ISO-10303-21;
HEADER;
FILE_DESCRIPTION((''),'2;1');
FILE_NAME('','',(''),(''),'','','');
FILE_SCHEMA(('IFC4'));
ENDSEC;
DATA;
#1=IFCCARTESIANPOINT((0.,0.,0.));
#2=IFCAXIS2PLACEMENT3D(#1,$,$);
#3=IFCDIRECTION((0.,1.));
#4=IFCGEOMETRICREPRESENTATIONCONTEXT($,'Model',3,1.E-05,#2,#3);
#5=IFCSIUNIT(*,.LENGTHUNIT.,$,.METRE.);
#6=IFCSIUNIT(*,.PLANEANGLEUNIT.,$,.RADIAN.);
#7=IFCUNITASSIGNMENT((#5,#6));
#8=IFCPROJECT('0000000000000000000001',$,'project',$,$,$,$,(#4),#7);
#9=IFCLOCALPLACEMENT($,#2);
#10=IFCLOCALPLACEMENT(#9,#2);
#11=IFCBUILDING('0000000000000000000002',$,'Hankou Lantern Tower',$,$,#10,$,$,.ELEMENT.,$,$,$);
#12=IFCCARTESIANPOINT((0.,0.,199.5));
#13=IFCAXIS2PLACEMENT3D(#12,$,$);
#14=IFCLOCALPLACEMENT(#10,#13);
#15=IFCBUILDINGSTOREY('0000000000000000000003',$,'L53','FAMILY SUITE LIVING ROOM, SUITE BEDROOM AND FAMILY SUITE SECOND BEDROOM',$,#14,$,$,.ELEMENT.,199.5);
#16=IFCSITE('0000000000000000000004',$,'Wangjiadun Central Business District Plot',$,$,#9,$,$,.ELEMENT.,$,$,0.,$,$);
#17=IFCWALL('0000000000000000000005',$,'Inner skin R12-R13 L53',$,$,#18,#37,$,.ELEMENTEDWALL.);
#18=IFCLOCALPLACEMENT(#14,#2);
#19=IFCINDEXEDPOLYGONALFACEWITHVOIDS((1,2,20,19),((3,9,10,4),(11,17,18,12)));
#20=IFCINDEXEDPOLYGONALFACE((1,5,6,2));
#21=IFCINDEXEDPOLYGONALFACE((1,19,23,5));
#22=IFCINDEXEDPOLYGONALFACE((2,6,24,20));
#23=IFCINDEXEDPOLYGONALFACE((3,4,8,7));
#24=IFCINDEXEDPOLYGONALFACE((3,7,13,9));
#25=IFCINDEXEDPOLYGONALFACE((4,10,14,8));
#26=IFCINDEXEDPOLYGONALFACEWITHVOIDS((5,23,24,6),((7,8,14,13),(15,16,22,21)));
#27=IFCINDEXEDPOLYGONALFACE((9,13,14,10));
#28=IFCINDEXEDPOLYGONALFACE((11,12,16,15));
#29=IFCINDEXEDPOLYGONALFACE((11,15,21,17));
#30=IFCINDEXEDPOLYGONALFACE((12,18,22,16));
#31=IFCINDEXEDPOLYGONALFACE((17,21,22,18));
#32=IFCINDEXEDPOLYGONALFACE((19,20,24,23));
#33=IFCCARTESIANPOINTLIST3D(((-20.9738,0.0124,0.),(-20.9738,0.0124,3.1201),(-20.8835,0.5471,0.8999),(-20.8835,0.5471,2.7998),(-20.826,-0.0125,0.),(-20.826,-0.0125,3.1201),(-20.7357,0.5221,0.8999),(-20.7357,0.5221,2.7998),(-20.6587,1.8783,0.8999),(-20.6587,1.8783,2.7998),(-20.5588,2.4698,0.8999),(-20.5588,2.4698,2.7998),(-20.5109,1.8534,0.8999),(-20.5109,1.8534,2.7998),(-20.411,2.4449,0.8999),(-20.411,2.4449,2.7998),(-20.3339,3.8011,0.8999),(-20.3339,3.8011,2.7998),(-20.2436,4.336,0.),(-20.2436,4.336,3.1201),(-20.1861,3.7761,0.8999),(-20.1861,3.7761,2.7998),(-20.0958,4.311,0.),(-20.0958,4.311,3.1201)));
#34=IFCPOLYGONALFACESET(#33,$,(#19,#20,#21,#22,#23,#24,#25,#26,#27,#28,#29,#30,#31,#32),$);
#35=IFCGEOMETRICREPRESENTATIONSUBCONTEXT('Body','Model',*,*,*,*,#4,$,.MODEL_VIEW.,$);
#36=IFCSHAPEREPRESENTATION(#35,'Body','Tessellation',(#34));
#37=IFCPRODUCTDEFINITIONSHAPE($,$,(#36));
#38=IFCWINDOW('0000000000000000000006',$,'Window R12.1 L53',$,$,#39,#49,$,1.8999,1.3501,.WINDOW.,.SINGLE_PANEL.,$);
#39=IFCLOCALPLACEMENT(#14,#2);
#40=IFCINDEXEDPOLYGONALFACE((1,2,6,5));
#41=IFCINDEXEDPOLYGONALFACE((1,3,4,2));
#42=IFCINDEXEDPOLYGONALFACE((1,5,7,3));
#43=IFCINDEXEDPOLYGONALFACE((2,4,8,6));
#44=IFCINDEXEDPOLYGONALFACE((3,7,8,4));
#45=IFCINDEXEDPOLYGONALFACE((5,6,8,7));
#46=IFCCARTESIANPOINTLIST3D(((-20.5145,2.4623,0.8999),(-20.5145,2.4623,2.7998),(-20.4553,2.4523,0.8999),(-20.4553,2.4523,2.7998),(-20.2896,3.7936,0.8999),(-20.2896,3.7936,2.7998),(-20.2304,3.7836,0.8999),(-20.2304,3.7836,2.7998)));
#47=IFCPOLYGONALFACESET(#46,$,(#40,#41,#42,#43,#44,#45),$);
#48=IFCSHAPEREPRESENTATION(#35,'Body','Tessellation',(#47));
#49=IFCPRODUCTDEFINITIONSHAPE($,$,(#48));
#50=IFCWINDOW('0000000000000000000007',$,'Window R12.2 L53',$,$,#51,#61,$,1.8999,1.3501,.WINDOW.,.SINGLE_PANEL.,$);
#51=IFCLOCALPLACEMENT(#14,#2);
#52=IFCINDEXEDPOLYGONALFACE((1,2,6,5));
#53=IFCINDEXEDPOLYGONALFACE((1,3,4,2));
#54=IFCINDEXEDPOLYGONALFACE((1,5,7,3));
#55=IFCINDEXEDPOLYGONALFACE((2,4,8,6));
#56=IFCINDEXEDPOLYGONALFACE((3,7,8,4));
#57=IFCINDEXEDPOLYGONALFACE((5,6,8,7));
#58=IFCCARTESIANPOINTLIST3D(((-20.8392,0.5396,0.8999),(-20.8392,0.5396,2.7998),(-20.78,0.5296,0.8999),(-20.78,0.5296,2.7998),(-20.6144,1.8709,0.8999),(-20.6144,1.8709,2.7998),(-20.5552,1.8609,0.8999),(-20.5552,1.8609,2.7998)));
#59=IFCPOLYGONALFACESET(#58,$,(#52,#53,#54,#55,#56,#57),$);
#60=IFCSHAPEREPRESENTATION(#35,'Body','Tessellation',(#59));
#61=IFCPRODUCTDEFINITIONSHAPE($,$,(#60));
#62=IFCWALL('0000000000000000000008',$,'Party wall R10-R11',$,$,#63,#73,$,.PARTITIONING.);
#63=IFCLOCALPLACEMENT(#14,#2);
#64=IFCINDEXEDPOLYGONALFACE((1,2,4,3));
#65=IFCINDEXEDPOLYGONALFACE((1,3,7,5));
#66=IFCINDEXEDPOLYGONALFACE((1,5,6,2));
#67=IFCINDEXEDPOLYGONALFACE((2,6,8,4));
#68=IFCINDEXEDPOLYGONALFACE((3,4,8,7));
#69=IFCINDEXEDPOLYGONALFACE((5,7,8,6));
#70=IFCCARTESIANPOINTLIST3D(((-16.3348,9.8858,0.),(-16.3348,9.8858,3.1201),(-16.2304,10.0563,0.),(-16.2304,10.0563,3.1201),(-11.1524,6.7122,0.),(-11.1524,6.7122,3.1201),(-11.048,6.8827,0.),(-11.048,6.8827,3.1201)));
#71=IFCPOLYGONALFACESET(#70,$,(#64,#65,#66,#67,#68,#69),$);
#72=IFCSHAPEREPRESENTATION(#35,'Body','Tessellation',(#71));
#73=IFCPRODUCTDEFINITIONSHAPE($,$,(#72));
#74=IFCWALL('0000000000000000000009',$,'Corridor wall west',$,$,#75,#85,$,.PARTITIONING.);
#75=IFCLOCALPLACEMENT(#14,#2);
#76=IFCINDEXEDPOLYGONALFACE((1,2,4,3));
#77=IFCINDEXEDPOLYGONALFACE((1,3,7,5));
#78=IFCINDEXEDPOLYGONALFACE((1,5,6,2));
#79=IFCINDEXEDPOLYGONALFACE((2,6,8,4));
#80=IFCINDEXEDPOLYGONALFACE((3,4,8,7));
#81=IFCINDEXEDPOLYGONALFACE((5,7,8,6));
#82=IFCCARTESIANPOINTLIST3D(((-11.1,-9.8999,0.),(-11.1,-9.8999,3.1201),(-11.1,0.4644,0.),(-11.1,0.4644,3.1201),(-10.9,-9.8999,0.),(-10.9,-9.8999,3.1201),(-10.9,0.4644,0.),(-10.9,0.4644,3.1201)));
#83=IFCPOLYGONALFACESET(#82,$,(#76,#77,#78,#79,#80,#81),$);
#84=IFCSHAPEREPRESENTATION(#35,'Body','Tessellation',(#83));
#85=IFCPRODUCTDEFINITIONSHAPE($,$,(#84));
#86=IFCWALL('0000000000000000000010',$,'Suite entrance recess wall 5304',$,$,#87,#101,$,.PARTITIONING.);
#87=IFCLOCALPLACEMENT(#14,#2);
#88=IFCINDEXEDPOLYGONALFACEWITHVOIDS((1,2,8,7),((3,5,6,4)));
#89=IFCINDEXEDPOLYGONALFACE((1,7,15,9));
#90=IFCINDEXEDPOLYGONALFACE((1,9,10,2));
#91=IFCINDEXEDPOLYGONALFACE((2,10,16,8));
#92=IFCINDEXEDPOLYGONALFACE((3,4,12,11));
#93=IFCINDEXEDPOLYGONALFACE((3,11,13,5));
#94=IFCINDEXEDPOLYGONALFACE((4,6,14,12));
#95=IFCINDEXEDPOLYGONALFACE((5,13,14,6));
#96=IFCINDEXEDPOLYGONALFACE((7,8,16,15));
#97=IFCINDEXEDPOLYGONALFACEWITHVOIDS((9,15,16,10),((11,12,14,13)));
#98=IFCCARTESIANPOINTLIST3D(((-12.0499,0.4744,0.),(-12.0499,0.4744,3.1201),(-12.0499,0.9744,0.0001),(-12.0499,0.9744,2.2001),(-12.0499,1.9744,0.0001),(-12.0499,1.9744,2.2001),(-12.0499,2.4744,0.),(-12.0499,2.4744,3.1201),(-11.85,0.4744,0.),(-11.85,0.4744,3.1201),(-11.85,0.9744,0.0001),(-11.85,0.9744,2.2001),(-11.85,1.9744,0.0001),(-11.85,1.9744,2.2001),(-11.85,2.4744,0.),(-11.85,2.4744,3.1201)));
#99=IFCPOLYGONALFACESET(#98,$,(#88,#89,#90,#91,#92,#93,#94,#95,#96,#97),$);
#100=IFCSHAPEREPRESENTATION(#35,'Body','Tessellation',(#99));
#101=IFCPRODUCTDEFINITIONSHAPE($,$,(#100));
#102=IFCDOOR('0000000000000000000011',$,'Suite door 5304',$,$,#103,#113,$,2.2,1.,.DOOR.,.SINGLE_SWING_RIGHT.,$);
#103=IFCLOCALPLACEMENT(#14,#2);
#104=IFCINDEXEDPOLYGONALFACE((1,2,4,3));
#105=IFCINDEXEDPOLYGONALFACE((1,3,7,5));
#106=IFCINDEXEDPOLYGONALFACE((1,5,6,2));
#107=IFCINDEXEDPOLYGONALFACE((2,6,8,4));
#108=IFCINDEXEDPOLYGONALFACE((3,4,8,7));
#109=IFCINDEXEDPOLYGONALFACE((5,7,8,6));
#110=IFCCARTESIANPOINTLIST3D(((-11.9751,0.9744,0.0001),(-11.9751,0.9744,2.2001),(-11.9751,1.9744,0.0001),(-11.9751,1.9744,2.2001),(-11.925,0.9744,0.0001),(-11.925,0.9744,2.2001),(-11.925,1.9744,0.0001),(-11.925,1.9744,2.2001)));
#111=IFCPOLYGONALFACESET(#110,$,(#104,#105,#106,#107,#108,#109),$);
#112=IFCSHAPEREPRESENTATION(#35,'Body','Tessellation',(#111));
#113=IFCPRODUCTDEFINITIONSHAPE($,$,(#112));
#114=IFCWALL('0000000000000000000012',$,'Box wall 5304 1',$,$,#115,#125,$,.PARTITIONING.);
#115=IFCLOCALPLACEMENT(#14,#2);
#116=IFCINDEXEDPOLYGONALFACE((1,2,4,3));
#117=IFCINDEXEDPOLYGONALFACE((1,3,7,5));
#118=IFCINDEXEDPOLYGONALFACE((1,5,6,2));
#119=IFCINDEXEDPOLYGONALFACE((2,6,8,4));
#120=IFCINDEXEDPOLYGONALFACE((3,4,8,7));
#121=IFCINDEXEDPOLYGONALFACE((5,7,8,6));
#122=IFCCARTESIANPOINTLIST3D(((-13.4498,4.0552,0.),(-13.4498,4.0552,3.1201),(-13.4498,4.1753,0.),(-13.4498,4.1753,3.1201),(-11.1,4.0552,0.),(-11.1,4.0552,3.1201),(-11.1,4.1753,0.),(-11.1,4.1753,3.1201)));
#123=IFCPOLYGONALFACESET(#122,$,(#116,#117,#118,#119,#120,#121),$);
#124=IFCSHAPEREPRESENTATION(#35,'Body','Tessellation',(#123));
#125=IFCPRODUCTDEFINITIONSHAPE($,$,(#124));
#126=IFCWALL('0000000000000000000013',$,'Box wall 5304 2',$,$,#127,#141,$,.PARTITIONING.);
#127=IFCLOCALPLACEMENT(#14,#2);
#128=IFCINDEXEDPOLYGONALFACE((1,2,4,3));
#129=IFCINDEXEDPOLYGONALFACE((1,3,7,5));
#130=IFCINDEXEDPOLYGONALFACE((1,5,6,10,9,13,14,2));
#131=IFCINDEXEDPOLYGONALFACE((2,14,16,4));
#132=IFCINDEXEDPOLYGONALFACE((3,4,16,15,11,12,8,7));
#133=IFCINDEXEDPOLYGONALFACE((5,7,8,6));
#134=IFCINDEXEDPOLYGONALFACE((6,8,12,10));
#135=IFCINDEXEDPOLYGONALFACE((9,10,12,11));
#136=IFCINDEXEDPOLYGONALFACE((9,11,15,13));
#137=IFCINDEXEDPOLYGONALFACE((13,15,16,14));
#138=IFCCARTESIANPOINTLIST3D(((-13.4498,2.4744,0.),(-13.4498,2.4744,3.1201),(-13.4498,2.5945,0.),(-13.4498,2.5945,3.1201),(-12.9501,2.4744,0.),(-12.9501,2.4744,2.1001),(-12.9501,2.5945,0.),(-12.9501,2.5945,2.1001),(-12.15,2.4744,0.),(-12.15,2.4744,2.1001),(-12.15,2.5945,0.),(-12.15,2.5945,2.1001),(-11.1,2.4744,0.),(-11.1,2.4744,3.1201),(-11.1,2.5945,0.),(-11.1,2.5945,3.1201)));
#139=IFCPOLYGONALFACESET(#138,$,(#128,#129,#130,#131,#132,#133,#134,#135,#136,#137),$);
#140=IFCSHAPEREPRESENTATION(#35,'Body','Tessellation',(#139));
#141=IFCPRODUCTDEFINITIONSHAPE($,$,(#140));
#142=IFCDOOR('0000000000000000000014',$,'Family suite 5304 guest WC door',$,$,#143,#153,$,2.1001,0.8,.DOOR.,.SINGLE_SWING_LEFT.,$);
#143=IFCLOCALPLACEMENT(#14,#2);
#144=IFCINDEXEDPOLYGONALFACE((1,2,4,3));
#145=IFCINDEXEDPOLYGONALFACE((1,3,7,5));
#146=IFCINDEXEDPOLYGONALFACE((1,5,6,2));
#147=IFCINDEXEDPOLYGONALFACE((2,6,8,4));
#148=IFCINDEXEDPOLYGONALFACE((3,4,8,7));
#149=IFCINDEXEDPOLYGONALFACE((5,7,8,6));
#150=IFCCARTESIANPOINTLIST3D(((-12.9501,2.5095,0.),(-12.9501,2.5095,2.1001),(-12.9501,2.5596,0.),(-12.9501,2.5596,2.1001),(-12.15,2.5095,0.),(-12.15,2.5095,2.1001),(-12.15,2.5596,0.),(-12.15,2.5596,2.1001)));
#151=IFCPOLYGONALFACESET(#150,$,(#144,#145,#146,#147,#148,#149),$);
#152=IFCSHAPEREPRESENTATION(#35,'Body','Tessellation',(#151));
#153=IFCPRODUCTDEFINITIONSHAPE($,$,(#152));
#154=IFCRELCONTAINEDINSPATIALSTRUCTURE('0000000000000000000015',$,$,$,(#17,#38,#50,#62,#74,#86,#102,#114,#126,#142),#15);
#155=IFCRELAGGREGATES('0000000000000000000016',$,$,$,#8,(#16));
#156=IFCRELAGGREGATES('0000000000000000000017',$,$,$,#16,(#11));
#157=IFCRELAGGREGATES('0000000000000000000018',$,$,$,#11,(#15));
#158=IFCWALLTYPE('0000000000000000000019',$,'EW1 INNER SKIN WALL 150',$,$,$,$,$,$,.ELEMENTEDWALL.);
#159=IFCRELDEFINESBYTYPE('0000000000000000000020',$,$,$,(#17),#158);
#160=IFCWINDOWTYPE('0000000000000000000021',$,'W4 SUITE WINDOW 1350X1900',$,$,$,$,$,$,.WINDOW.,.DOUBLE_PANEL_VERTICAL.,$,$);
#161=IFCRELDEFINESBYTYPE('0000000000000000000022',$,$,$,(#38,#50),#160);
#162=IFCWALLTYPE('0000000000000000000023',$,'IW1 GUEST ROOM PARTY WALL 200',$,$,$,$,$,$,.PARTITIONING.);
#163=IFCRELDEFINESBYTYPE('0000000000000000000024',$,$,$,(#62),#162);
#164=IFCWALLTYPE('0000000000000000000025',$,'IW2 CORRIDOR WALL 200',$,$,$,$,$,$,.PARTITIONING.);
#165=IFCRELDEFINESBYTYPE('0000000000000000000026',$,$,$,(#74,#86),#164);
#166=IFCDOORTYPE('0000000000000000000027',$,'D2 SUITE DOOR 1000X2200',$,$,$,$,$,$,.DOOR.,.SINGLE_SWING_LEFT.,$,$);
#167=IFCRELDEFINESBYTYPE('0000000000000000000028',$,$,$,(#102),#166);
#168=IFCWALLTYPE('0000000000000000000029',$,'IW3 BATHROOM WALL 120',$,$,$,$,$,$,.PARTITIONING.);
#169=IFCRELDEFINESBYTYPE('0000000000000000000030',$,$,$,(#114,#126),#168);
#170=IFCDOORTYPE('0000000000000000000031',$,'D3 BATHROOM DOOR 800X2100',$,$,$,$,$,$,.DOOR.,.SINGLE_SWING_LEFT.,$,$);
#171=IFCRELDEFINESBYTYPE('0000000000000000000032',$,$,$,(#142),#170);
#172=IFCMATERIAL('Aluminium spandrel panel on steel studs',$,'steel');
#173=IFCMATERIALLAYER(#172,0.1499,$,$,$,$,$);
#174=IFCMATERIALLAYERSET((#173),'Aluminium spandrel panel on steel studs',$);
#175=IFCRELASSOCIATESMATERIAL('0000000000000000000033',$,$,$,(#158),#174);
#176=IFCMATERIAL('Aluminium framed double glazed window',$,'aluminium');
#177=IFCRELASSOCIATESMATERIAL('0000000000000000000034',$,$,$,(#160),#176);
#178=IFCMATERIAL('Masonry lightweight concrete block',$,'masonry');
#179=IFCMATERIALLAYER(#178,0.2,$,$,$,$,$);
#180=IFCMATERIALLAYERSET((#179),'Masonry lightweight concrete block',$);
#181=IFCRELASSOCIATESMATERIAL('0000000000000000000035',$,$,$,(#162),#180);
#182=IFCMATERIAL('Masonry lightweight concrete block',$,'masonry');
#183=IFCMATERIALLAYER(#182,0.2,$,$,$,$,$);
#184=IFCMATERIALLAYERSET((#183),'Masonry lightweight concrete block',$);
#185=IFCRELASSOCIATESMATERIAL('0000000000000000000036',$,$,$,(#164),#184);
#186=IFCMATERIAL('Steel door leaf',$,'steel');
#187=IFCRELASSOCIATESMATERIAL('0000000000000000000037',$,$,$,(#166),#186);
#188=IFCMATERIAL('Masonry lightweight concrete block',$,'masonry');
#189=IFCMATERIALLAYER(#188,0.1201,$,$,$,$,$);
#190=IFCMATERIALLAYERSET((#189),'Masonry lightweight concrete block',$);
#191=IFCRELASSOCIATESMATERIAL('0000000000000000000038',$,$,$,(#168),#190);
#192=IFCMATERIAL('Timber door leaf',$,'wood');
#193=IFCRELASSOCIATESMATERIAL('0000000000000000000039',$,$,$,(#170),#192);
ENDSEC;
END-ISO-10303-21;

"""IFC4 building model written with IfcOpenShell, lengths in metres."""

from ifc_helpers import new_model, si_unit, direction, frame, frame_2d, origin, place, context, subcontext, project, spatial, rectangle, extrude, material, layer, layer_set, type_object, element, fill, save


model = new_model("IFC4")

# Units and contexts
model_context = context("Model", 3, precision=1e-05, world=origin(), true_north=direction((0.0, 1.0)))
body_context = subcontext(model_context, "Body", "Model", "MODEL_VIEW")
ifc_project = project(units=[si_unit("LENGTHUNIT", "METRE"), si_unit("PLANEANGLEUNIT", "RADIAN")], contexts=[model_context])

# Site, building, storey
site_placement = place(None, origin())
site = spatial("IfcSite", under=ifc_project, at=site_placement, Name="Wangjiadun Central Business District Plot", CompositionType="ELEMENT", RefElevation=0.0)
building_placement = place(site_placement, origin())
building = spatial("IfcBuilding", under=site, at=building_placement, Name="Hankou Lantern Tower", CompositionType="ELEMENT")
storey_placement = place(building_placement, frame((0.0, 0.0, 199.5)))
storey = spatial("IfcBuildingStorey", under=building, at=storey_placement, Name="L53", Description="FAMILY SUITE LIVING ROOM, SUITE BEDROOM AND FAMILY SUITE SECOND BEDROOM", CompositionType="ELEMENT", Elevation=199.5)

# Wall, openings, windows
ifc_material_1 = material(Name="Aluminium spandrel panel on steel studs", Category="steel")
ifc_layer_1 = layer(ifc_material_1, 0.1499)
ifc_layer_set_1 = layer_set([ifc_layer_1], Name="Aluminium spandrel panel on steel studs")
wall_type_1 = type_object("IfcWallType", Name="EW1 INNER SKIN WALL 150", PredefinedType="ELEMENTEDWALL", material=ifc_layer_set_1)
wall_1_placement = place(storey_placement, frame((-20.1697, 4.3235, 0.0), z_axis=(0.0, 0.0, 1.0), x_axis=(-0.166539, -0.986035, 0.0)))
wall_1 = element("IfcWall", 1, at=wall_1_placement, inside=storey, type_object=wall_type_1, Name="Inner skin R12-R13 L53", PredefinedType="ELEMENTEDWALL", context=body_context, shape_type="SweptSolid", body=[
    extrude(rectangle(XDim=4.3848, YDim=0.1499, at=frame_2d((2.1924, 0.0))), origin(), (0.0, 0.0, 1.0), 3.1201),
])
opening_1_placement = place(wall_1_placement, frame((0.5425, 0.0, 0.8999)))
opening_1 = element("IfcOpeningElement", 2, at=opening_1_placement, cuts=wall_1, PredefinedType="OPENING", context=body_context, shape_type="SweptSolid", body=[
    extrude(rectangle(XDim=1.3501, YDim=1.8999, at=frame_2d((0.675, 0.95))), frame((0.0, 0.085, 0.0), z_axis=(0.0, -1.0, 0.0), x_axis=(1.0, 0.0, 0.0)), (0.0, 0.0, 1.0), 0.1699),
])
opening_2_placement = place(wall_1_placement, frame((2.4924, 0.0, 0.8999)))
opening_2 = element("IfcOpeningElement", 3, at=opening_2_placement, cuts=wall_1, PredefinedType="OPENING", context=body_context, shape_type="SweptSolid", body=[
    extrude(rectangle(XDim=1.3501, YDim=1.8999, at=frame_2d((0.675, 0.95))), frame((0.0, 0.085, 0.0), z_axis=(0.0, -1.0, 0.0), x_axis=(1.0, 0.0, 0.0)), (0.0, 0.0, 1.0), 0.1699),
])
ifc_material_2 = material(Name="Aluminium framed double glazed window", Category="aluminium")
window_type = type_object("IfcWindowType", Name="W4 SUITE WINDOW 1350X1900", PartitioningType="DOUBLE_PANEL_VERTICAL", PredefinedType="WINDOW", material=ifc_material_2)
window_1_placement = place(opening_1_placement, origin())
window_1 = element("IfcWindow", 4, at=window_1_placement, inside=storey, type_object=window_type, Name="Window R12.1 L53", OverallHeight=1.8999, OverallWidth=1.3501, PartitioningType="SINGLE_PANEL", PredefinedType="WINDOW", context=body_context, shape_type="SweptSolid", body=[
    extrude(rectangle(XDim=1.3501, YDim=1.8999, at=frame_2d((0.675, 0.95))), frame((0.0, 0.03, 0.0), z_axis=(0.0, -1.0, 0.0), x_axis=(1.0, 0.0, 0.0)), (0.0, 0.0, 1.0), 0.0601),
])
fill(opening_1, window_1)
window_2_placement = place(opening_2_placement, origin())
window_2 = element("IfcWindow", 5, at=window_2_placement, inside=storey, type_object=window_type, Name="Window R12.2 L53", OverallHeight=1.8999, OverallWidth=1.3501, PartitioningType="SINGLE_PANEL", PredefinedType="WINDOW", context=body_context, shape_type="SweptSolid", body=[
    extrude(rectangle(XDim=1.3501, YDim=1.8999, at=frame_2d((0.675, 0.95))), frame((0.0, 0.03, 0.0), z_axis=(0.0, -1.0, 0.0), x_axis=(1.0, 0.0, 0.0)), (0.0, 0.0, 1.0), 0.0601),
])
fill(opening_2, window_2)

# Walls
ifc_material_3 = material(Name="Masonry lightweight concrete block", Category="masonry")
ifc_layer_2 = layer(ifc_material_3, 0.2)
ifc_layer_set_2 = layer_set([ifc_layer_2], Name="Masonry lightweight concrete block")
wall_type_2 = type_object("IfcWallType", Name="IW1 GUEST ROOM PARTY WALL 200", PredefinedType="PARTITIONING", material=ifc_layer_set_2)
wall_2_placement = place(storey_placement, frame((-11.1001, 6.7974, 0.0), z_axis=(0.0, 0.0, 1.0), x_axis=(-0.8528, 0.522238, 0.0)))
element("IfcWall", 6, at=wall_2_placement, inside=storey, type_object=wall_type_2, Name="Party wall R10-R11", PredefinedType="PARTITIONING", context=body_context, shape_type="SweptSolid", body=[
    extrude(rectangle(XDim=6.0769, YDim=0.2, at=frame_2d((3.0386, 0.0))), origin(), (0.0, 0.0, 1.0), 3.1201),
])
ifc_material_4 = material(Name="Masonry lightweight concrete block", Category="masonry")
ifc_layer_3 = layer(ifc_material_4, 0.2)
ifc_layer_set_3 = layer_set([ifc_layer_3], Name="Masonry lightweight concrete block")
wall_type_3 = type_object("IfcWallType", Name="IW2 CORRIDOR WALL 200", PredefinedType="PARTITIONING", material=ifc_layer_set_3)
wall_3_placement = place(storey_placement, frame((-11.0, 0.4644, 0.0), z_axis=(0.0, 0.0, 1.0), x_axis=(0.0, -1.0, 0.0)))
element("IfcWall", 7, at=wall_3_placement, inside=storey, type_object=wall_type_3, Name="Corridor wall west", PredefinedType="PARTITIONING", context=body_context, shape_type="SweptSolid", body=[
    extrude(rectangle(XDim=10.3643, YDim=0.2, at=frame_2d((5.1821, 0.0))), origin(), (0.0, 0.0, 1.0), 3.1201),
])

# Wall, opening, door
wall_4_placement = place(storey_placement, frame((-11.95, 2.4744, 0.0), z_axis=(0.0, 0.0, 1.0), x_axis=(0.0, -1.0, 0.0)))
wall_4 = element("IfcWall", 8, at=wall_4_placement, inside=storey, type_object=wall_type_3, Name="Suite entrance recess wall 5304", PredefinedType="PARTITIONING", context=body_context, shape_type="SweptSolid", body=[
    extrude(rectangle(XDim=2.0, YDim=0.2, at=frame_2d((1.0, 0.0))), origin(), (0.0, 0.0, 1.0), 3.1201),
])
opening_3_placement = place(wall_4_placement, frame((0.5, 0.0, 0.0)))
opening_3 = element("IfcOpeningElement", 9, at=opening_3_placement, cuts=wall_4, PredefinedType="OPENING", context=body_context, shape_type="SweptSolid", body=[
    extrude(rectangle(XDim=1.0, YDim=2.2, at=frame_2d((0.5, 1.1001))), frame((0.0, 0.1099, 0.0), z_axis=(0.0, -1.0, 0.0), x_axis=(1.0, 0.0, 0.0)), (0.0, 0.0, 1.0), 0.22),
])
ifc_material_5 = material(Name="Steel door leaf", Category="steel")
door_type_1 = type_object("IfcDoorType", Name="D2 SUITE DOOR 1000X2200", OperationType="SINGLE_SWING_LEFT", PredefinedType="DOOR", material=ifc_material_5)
door_1_placement = place(opening_3_placement, origin())
door_1 = element("IfcDoor", 10, at=door_1_placement, inside=storey, type_object=door_type_1, Name="Suite door 5304", OperationType="SINGLE_SWING_RIGHT", OverallHeight=2.2, OverallWidth=1.0, PredefinedType="DOOR", context=body_context, shape_type="SweptSolid", body=[
    extrude(rectangle(XDim=1.0, YDim=2.2, at=frame_2d((0.5, 1.1001))), frame((0.0, 0.0249, 0.0), z_axis=(0.0, -1.0, 0.0), x_axis=(1.0, 0.0, 0.0)), (0.0, 0.0, 1.0), 0.05),
])
fill(opening_3, door_1)

# Wall
ifc_material_6 = material(Name="Masonry lightweight concrete block", Category="masonry")
ifc_layer_4 = layer(ifc_material_6, 0.1201)
ifc_layer_set_4 = layer_set([ifc_layer_4], Name="Masonry lightweight concrete block")
wall_type_4 = type_object("IfcWallType", Name="IW3 BATHROOM WALL 120", PredefinedType="PARTITIONING", material=ifc_layer_set_4)
wall_5_placement = place(storey_placement, frame((-11.1001, 4.1152, 0.0), z_axis=(0.0, 0.0, 1.0), x_axis=(-1.0, 0.0, 0.0)))
element("IfcWall", 11, at=wall_5_placement, inside=storey, type_object=wall_type_4, Name="Box wall 5304 1", PredefinedType="PARTITIONING", context=body_context, shape_type="SweptSolid", body=[
    extrude(rectangle(XDim=2.3499, YDim=0.1201, at=frame_2d((1.1748, 0.0))), origin(), (0.0, 0.0, 1.0), 3.1201),
])

# Wall, opening, door
wall_6_placement = place(storey_placement, frame((-11.1001, 2.5344, 0.0), z_axis=(0.0, 0.0, 1.0), x_axis=(-1.0, 0.0, 0.0)))
wall_6 = element("IfcWall", 12, at=wall_6_placement, inside=storey, type_object=wall_type_4, Name="Box wall 5304 2", PredefinedType="PARTITIONING", context=body_context, shape_type="SweptSolid", body=[
    extrude(rectangle(XDim=2.3499, YDim=0.1201, at=frame_2d((1.1748, 0.0))), origin(), (0.0, 0.0, 1.0), 3.1201),
])
opening_4_placement = place(wall_6_placement, frame((1.05, 0.0, 0.0)))
opening_4 = element("IfcOpeningElement", 13, at=opening_4_placement, cuts=wall_6, PredefinedType="OPENING", context=body_context, shape_type="SweptSolid", body=[
    extrude(rectangle(XDim=0.8, YDim=2.1001, at=frame_2d((0.3999, 1.05))), frame((0.0, 0.0701, 0.0), z_axis=(0.0, -1.0, 0.0), x_axis=(1.0, 0.0, 0.0)), (0.0, 0.0, 1.0), 0.1401),
])
ifc_material_7 = material(Name="Timber door leaf", Category="wood")
door_type_2 = type_object("IfcDoorType", Name="D3 BATHROOM DOOR 800X2100", OperationType="SINGLE_SWING_LEFT", PredefinedType="DOOR", material=ifc_material_7)
door_2_placement = place(opening_4_placement, origin())
door_2 = element("IfcDoor", 14, at=door_2_placement, inside=storey, type_object=door_type_2, Name="Family suite 5304 guest WC door", OperationType="SINGLE_SWING_LEFT", OverallHeight=2.1001, OverallWidth=0.8, PredefinedType="DOOR", context=body_context, shape_type="SweptSolid", body=[
    extrude(rectangle(XDim=0.8, YDim=2.1001, at=frame_2d((0.3999, 1.05))), frame((0.0, 0.0249, 0.0), z_axis=(0.0, -1.0, 0.0), x_axis=(1.0, 0.0, 0.0)), (0.0, 0.0, 1.0), 0.05),
])
fill(opening_4, door_2)

save(model, "model.ifc")
